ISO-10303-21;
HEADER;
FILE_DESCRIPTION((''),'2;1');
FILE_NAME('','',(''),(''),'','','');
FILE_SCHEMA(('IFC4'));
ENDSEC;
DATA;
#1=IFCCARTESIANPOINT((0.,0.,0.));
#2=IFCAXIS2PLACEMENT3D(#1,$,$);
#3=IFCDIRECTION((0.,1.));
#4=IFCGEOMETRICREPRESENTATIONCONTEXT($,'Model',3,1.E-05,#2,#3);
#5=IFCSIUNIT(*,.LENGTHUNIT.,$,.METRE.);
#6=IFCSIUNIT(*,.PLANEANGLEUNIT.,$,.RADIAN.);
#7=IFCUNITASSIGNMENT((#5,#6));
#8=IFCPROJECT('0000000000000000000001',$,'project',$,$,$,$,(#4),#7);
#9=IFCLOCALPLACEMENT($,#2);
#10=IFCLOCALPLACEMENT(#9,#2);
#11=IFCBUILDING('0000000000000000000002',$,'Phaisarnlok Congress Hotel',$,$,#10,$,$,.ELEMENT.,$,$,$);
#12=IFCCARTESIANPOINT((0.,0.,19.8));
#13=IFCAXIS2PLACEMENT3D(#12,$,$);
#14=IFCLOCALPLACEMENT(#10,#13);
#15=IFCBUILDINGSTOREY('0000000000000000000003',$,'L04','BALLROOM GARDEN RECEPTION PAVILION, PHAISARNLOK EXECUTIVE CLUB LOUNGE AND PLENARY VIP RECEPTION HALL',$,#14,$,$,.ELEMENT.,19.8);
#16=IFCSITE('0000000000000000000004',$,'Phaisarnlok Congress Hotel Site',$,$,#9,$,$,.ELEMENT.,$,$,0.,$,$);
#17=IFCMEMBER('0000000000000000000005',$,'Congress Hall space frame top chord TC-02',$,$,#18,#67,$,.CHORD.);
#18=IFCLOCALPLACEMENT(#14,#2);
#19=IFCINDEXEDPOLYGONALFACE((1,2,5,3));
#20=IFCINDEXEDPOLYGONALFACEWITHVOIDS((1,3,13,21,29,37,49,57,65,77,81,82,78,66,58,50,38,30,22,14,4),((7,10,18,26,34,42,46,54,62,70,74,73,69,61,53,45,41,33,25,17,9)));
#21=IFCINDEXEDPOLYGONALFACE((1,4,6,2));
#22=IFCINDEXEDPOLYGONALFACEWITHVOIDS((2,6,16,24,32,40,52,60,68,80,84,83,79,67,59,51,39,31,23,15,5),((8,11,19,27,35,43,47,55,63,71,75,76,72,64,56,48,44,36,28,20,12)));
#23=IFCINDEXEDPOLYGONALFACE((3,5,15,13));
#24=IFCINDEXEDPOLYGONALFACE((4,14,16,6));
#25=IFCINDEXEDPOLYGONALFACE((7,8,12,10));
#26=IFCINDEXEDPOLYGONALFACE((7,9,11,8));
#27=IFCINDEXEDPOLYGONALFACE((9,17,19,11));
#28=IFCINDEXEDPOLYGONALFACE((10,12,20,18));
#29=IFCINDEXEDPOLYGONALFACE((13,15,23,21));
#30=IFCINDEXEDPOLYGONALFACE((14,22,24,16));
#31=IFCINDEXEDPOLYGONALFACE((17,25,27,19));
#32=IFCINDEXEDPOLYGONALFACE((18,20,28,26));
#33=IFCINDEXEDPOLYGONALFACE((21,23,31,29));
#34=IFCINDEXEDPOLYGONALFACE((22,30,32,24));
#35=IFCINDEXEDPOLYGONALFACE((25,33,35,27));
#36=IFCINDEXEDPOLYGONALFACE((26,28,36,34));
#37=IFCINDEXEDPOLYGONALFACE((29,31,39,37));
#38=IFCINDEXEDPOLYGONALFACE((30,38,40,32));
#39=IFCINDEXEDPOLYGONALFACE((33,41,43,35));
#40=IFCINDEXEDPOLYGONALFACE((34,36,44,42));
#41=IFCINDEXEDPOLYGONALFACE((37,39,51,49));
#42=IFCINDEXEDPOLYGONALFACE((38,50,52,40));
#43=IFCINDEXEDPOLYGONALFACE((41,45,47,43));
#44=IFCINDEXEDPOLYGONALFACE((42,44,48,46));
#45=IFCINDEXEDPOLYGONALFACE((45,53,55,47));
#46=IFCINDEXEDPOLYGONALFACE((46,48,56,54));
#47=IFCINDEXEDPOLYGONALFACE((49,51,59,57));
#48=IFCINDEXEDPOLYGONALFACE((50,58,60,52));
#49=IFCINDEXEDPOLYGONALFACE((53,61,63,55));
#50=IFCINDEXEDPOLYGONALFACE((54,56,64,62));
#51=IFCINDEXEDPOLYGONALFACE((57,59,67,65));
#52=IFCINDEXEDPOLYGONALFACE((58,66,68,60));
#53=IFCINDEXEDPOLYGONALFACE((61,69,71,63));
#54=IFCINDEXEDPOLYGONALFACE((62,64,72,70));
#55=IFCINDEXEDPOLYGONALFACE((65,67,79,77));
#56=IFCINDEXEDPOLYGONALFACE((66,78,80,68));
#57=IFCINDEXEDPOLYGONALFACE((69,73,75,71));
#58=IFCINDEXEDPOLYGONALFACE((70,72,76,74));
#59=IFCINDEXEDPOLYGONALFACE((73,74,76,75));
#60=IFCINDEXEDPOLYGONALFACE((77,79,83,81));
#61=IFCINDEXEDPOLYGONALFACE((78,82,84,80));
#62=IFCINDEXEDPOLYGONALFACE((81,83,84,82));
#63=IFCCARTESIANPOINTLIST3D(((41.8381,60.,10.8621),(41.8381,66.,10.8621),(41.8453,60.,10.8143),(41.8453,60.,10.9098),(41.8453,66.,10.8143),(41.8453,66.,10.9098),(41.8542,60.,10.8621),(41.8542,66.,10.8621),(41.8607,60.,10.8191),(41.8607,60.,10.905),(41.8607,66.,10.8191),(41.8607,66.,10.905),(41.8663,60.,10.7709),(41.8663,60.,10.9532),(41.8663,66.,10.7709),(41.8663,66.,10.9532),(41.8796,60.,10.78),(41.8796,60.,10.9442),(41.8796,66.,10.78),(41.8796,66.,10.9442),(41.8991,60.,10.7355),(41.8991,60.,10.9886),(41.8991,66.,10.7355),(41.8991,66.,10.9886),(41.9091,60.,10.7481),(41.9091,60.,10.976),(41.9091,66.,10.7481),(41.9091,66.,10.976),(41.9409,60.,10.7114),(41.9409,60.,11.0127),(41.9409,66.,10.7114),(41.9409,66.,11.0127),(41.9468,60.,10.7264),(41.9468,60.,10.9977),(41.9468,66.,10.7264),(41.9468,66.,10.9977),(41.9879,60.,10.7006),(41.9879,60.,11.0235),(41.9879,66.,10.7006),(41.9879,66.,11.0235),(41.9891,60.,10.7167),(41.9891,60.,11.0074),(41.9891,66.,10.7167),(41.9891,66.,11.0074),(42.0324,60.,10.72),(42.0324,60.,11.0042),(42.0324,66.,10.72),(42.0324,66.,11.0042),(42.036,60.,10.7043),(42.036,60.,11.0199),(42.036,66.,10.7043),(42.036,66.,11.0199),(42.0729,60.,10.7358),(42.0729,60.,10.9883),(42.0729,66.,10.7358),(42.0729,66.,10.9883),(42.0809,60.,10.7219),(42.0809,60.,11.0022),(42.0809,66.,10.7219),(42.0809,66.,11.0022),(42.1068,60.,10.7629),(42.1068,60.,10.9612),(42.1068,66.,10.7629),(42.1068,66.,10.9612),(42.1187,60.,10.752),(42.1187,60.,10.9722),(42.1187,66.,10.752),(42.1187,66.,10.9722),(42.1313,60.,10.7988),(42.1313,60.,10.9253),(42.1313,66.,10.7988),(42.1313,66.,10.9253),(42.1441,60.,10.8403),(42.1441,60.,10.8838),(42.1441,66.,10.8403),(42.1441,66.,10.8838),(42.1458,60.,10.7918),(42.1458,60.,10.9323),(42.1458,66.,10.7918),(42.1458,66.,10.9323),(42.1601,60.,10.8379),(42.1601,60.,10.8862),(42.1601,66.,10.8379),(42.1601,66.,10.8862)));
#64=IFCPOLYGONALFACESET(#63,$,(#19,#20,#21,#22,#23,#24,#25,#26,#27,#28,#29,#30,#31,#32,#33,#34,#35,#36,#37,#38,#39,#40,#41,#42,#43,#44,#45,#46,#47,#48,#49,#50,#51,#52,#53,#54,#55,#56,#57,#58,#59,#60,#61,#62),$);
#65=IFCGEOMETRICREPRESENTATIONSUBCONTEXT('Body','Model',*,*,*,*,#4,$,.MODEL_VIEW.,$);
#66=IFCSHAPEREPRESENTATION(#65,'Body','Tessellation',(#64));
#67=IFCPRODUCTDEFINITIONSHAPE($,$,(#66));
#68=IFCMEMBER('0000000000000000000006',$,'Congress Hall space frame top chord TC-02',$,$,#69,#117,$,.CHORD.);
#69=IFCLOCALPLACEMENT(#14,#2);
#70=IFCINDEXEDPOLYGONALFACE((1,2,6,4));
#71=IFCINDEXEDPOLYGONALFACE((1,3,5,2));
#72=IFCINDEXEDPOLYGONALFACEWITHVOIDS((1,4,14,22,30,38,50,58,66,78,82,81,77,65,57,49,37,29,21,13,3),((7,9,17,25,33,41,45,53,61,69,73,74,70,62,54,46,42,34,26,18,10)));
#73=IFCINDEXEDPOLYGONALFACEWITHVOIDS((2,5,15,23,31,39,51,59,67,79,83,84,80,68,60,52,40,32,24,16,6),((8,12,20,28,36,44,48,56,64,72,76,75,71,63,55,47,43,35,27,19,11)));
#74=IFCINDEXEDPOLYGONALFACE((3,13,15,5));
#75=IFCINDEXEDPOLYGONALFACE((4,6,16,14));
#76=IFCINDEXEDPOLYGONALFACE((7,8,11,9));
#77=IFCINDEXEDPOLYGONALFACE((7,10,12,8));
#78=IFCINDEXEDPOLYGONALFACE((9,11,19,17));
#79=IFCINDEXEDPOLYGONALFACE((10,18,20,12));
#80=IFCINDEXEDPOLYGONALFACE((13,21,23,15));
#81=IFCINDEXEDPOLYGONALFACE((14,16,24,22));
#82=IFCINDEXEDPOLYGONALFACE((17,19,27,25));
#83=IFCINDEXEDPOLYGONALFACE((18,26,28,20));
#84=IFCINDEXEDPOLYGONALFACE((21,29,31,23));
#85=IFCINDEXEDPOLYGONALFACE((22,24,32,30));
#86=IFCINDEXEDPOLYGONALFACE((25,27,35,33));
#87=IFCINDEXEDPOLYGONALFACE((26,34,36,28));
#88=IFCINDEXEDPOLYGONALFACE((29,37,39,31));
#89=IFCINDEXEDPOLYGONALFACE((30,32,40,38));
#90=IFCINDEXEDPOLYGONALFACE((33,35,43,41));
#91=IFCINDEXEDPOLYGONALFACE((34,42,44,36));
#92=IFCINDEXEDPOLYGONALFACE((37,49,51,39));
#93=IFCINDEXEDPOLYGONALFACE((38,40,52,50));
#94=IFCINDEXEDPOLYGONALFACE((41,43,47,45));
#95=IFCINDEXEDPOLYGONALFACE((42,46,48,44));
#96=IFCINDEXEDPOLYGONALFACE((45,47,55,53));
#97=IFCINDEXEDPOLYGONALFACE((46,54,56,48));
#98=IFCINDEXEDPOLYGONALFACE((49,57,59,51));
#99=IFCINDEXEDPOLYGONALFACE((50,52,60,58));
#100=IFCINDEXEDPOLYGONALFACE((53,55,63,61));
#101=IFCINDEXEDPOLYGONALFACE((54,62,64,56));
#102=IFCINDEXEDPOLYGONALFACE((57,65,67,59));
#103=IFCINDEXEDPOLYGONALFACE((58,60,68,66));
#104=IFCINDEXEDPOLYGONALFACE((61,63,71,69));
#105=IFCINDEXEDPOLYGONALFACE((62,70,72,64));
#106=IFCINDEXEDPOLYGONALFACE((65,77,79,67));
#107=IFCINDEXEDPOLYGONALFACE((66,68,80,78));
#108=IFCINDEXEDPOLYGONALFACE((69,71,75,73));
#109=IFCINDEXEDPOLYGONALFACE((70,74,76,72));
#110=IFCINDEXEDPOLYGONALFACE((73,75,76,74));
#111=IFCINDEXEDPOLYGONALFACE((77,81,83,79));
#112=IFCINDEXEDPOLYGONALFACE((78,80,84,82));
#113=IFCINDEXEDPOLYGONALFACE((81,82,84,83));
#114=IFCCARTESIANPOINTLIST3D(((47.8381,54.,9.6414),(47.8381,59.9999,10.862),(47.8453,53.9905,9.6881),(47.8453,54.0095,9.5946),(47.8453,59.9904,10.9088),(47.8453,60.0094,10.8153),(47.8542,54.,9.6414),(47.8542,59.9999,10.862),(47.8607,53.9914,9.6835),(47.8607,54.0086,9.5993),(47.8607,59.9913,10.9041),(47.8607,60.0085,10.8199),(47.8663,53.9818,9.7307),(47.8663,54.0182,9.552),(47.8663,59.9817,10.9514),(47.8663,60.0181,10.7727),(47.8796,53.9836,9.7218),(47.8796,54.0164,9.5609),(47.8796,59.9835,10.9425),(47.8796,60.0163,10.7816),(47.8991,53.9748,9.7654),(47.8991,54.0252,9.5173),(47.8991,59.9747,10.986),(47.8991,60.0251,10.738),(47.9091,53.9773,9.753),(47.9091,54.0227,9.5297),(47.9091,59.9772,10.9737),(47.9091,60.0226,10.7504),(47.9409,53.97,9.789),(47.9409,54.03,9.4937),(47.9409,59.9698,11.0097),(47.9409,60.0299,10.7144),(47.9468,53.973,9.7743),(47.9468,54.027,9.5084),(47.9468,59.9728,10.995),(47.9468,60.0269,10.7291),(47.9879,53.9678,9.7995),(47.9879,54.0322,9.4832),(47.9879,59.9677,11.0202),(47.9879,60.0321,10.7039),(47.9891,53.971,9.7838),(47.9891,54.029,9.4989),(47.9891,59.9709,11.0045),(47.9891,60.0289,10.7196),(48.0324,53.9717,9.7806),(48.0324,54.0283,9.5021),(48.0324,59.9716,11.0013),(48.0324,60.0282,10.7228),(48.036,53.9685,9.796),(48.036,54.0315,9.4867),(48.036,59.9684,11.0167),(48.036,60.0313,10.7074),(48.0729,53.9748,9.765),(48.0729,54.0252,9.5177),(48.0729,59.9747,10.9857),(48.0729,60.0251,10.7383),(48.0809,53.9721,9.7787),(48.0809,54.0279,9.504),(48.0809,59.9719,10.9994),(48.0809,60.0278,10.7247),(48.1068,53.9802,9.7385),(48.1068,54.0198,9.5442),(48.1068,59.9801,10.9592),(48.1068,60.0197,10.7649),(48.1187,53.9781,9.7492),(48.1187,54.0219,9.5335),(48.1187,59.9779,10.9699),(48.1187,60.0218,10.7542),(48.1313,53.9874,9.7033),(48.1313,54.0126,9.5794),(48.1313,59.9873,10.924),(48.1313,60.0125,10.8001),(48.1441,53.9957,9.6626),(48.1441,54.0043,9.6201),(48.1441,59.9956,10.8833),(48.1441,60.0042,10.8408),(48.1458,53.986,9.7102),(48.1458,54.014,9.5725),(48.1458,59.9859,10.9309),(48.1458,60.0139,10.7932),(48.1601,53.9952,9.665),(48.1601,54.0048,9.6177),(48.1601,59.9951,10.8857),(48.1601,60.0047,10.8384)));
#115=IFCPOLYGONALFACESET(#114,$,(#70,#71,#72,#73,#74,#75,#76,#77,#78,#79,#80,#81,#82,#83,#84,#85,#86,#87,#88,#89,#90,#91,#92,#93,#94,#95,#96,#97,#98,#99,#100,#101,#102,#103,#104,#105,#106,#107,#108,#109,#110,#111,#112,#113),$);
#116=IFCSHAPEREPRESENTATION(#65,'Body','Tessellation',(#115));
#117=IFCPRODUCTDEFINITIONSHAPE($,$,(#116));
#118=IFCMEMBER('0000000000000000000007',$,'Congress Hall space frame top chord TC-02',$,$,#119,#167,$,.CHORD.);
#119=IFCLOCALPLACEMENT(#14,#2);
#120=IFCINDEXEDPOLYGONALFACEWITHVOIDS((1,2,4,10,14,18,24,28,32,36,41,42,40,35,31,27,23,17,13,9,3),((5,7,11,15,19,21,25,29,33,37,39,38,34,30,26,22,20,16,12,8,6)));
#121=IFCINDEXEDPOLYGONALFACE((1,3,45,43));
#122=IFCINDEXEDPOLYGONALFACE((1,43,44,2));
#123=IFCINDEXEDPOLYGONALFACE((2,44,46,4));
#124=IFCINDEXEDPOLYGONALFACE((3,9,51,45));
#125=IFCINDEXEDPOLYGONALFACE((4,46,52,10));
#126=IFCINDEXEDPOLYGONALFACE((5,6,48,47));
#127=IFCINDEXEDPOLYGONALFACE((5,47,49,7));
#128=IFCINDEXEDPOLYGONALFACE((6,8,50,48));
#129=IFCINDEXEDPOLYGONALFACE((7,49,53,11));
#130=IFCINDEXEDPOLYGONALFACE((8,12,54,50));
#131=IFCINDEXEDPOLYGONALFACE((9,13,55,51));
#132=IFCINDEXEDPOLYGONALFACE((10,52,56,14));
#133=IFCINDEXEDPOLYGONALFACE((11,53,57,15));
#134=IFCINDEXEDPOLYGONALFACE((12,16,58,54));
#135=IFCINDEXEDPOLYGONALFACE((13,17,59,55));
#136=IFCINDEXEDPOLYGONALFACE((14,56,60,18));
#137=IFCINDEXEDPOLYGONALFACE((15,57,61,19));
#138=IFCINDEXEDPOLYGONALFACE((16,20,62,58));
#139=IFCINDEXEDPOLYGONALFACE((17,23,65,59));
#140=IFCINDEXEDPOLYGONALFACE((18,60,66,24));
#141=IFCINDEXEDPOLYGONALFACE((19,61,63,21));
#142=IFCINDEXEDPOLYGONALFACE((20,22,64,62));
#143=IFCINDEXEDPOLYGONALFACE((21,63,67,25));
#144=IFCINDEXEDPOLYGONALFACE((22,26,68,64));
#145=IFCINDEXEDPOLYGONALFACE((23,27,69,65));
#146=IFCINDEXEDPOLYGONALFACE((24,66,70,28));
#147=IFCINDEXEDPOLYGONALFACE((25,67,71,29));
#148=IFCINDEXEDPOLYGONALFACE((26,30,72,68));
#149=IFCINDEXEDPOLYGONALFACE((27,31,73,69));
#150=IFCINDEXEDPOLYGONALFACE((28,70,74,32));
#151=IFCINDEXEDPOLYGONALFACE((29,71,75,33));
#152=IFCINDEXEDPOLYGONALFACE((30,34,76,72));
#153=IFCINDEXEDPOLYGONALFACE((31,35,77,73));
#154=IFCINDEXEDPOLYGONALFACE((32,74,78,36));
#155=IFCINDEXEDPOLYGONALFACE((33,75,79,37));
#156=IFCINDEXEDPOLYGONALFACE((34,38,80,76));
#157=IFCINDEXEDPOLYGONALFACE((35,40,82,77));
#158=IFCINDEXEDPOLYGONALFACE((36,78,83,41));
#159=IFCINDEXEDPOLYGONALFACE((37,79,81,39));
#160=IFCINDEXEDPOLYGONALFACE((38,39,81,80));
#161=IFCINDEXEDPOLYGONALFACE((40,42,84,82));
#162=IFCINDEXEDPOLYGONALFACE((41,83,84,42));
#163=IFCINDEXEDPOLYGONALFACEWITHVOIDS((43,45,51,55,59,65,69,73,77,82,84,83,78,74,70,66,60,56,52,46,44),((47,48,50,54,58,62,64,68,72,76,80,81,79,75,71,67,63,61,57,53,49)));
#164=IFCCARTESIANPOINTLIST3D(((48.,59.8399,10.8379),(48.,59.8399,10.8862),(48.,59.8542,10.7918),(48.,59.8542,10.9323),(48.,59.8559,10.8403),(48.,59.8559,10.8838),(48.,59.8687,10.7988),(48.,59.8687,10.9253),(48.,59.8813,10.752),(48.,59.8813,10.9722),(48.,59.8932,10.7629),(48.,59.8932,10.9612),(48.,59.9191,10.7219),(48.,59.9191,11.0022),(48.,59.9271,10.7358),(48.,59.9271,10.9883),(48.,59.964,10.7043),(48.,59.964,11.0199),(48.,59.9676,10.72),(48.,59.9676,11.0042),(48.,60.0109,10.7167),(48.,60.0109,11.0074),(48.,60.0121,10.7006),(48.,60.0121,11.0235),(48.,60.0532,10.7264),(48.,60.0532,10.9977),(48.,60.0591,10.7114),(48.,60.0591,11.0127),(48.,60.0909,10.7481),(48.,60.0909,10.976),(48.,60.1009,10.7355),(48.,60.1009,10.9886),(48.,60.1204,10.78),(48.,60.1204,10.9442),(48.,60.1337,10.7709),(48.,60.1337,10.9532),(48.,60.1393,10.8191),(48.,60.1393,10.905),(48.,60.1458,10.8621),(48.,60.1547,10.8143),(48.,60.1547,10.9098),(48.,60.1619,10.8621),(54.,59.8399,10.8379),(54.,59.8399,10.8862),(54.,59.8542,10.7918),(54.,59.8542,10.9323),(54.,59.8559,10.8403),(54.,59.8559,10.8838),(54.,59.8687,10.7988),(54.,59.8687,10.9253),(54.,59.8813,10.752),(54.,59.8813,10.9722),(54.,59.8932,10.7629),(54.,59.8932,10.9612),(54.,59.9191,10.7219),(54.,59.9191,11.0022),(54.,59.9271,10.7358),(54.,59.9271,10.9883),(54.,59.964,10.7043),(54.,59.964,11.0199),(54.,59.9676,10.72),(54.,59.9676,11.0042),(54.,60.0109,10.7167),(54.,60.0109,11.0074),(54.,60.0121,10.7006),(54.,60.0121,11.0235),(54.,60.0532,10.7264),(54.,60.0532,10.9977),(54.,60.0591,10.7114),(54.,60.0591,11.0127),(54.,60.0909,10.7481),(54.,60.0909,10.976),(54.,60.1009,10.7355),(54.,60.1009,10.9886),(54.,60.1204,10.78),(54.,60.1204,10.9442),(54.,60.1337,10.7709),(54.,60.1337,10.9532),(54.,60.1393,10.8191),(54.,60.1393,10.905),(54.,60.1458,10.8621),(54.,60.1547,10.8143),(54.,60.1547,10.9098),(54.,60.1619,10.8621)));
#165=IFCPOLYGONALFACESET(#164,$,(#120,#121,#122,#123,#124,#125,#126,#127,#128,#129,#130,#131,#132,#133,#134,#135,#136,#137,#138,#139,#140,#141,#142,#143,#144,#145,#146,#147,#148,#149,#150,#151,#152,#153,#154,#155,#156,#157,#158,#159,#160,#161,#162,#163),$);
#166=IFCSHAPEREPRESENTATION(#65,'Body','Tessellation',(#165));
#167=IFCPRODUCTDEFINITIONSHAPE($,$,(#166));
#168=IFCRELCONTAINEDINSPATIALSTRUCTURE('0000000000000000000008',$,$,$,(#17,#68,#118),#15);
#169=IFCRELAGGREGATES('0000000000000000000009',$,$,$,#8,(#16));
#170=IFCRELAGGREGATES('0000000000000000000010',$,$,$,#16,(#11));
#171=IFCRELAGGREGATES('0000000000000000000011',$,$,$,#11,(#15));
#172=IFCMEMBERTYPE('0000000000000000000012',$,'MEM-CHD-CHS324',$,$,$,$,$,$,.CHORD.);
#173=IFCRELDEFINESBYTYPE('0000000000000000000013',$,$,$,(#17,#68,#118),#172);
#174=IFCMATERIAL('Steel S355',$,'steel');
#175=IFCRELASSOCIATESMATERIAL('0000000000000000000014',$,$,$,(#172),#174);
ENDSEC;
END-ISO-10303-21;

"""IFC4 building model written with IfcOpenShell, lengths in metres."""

from ifc_helpers import new_model, si_unit, direction, frame, origin, origin_2d, place, context, subcontext, project, spatial, hollow_circle, extrude, material, material_profile, profile_set, type_object, element, save


model = new_model("IFC4")

# Units and contexts
model_context = context("Model", 3, precision=1e-05, world=origin(), true_north=direction((0.0, 1.0)))
body_context = subcontext(model_context, "Body", "Model", "MODEL_VIEW")
ifc_project = project(units=[si_unit("LENGTHUNIT", "METRE"), si_unit("PLANEANGLEUNIT", "RADIAN")], contexts=[model_context])

# Site, building, storey
site_placement = place(None, origin())
site = spatial("IfcSite", under=ifc_project, at=site_placement, Name="Phaisarnlok Congress Hotel Site", CompositionType="ELEMENT", RefElevation=0.0)
building_placement = place(site_placement, origin())
building = spatial("IfcBuilding", under=site, at=building_placement, Name="Phaisarnlok Congress Hotel", CompositionType="ELEMENT")
storey_placement = place(building_placement, frame((0.0, 0.0, 19.8)))
storey = spatial("IfcBuildingStorey", under=building, at=storey_placement, Name="L04", Description="BALLROOM GARDEN RECEPTION PAVILION, PHAISARNLOK EXECUTIVE CLUB LOUNGE AND PLENARY VIP RECEPTION HALL", CompositionType="ELEMENT", Elevation=19.8)

# Members
ifc_material = material(Name="Steel S355", Category="steel")
ifc_material_profile_1 = material_profile(ifc_material, hollow_circle(Radius=0.1619, WallThickness=0.0161, at=origin_2d()), Name="CHS 323.9x16")
ifc_profile_set_1 = profile_set([ifc_material_profile_1], Name="Steel S355")
member_type_1 = type_object("IfcMemberType", Name="MEM-CHD-CHS324", PredefinedType="CHORD", material=ifc_profile_set_1)
for number, where, z_axis, x_axis, name in (
    (1, (42.0, 60.0, 10.8621), (0.0, 1.0, 0.0), (-1.0, 0.0, 0.0), "Congress Hall space frame top chord TC-02"),
):
    element("IfcMember", number, at=place(storey_placement, frame(where, z_axis=z_axis, x_axis=x_axis)), inside=storey, type_object=member_type_1, Name=name, PredefinedType="CHORD", context=body_context, shape_type="SweptSolid", body=[
        extrude(hollow_circle(Radius=0.1619, WallThickness=0.0161, at=origin_2d()), origin(), (0.0, 0.0, 1.0), 6.0),
    ])
member_1_placement = place(storey_placement, frame((48.0, 54.0, 9.6414), z_axis=(0.0, 0.979925, 0.199366), x_axis=(-1.0, 0.0, 0.0)))
element("IfcMember", 2, at=member_1_placement, inside=storey, type_object=member_type_1, Name="Congress Hall space frame top chord TC-02", PredefinedType="CHORD", context=body_context, shape_type="SweptSolid", body=[
    extrude(hollow_circle(Radius=0.1619, WallThickness=0.0161, at=origin_2d()), origin(), (0.0, 0.0, 1.0), 6.1228),
])
for number, where, z_axis, x_axis, name in (
    (3, (48.0, 60.0, 10.8621), (1.0, 0.0, 0.0), (0.0, 1.0, 0.0), "Congress Hall space frame top chord TC-02"),
):
    element("IfcMember", number, at=place(storey_placement, frame(where, z_axis=z_axis, x_axis=x_axis)), inside=storey, type_object=member_type_1, Name=name, PredefinedType="CHORD", context=body_context, shape_type="SweptSolid", body=[
        extrude(hollow_circle(Radius=0.1619, WallThickness=0.0161, at=origin_2d()), origin(), (0.0, 0.0, 1.0), 6.0),
    ])

save(model, "model.ifc")
